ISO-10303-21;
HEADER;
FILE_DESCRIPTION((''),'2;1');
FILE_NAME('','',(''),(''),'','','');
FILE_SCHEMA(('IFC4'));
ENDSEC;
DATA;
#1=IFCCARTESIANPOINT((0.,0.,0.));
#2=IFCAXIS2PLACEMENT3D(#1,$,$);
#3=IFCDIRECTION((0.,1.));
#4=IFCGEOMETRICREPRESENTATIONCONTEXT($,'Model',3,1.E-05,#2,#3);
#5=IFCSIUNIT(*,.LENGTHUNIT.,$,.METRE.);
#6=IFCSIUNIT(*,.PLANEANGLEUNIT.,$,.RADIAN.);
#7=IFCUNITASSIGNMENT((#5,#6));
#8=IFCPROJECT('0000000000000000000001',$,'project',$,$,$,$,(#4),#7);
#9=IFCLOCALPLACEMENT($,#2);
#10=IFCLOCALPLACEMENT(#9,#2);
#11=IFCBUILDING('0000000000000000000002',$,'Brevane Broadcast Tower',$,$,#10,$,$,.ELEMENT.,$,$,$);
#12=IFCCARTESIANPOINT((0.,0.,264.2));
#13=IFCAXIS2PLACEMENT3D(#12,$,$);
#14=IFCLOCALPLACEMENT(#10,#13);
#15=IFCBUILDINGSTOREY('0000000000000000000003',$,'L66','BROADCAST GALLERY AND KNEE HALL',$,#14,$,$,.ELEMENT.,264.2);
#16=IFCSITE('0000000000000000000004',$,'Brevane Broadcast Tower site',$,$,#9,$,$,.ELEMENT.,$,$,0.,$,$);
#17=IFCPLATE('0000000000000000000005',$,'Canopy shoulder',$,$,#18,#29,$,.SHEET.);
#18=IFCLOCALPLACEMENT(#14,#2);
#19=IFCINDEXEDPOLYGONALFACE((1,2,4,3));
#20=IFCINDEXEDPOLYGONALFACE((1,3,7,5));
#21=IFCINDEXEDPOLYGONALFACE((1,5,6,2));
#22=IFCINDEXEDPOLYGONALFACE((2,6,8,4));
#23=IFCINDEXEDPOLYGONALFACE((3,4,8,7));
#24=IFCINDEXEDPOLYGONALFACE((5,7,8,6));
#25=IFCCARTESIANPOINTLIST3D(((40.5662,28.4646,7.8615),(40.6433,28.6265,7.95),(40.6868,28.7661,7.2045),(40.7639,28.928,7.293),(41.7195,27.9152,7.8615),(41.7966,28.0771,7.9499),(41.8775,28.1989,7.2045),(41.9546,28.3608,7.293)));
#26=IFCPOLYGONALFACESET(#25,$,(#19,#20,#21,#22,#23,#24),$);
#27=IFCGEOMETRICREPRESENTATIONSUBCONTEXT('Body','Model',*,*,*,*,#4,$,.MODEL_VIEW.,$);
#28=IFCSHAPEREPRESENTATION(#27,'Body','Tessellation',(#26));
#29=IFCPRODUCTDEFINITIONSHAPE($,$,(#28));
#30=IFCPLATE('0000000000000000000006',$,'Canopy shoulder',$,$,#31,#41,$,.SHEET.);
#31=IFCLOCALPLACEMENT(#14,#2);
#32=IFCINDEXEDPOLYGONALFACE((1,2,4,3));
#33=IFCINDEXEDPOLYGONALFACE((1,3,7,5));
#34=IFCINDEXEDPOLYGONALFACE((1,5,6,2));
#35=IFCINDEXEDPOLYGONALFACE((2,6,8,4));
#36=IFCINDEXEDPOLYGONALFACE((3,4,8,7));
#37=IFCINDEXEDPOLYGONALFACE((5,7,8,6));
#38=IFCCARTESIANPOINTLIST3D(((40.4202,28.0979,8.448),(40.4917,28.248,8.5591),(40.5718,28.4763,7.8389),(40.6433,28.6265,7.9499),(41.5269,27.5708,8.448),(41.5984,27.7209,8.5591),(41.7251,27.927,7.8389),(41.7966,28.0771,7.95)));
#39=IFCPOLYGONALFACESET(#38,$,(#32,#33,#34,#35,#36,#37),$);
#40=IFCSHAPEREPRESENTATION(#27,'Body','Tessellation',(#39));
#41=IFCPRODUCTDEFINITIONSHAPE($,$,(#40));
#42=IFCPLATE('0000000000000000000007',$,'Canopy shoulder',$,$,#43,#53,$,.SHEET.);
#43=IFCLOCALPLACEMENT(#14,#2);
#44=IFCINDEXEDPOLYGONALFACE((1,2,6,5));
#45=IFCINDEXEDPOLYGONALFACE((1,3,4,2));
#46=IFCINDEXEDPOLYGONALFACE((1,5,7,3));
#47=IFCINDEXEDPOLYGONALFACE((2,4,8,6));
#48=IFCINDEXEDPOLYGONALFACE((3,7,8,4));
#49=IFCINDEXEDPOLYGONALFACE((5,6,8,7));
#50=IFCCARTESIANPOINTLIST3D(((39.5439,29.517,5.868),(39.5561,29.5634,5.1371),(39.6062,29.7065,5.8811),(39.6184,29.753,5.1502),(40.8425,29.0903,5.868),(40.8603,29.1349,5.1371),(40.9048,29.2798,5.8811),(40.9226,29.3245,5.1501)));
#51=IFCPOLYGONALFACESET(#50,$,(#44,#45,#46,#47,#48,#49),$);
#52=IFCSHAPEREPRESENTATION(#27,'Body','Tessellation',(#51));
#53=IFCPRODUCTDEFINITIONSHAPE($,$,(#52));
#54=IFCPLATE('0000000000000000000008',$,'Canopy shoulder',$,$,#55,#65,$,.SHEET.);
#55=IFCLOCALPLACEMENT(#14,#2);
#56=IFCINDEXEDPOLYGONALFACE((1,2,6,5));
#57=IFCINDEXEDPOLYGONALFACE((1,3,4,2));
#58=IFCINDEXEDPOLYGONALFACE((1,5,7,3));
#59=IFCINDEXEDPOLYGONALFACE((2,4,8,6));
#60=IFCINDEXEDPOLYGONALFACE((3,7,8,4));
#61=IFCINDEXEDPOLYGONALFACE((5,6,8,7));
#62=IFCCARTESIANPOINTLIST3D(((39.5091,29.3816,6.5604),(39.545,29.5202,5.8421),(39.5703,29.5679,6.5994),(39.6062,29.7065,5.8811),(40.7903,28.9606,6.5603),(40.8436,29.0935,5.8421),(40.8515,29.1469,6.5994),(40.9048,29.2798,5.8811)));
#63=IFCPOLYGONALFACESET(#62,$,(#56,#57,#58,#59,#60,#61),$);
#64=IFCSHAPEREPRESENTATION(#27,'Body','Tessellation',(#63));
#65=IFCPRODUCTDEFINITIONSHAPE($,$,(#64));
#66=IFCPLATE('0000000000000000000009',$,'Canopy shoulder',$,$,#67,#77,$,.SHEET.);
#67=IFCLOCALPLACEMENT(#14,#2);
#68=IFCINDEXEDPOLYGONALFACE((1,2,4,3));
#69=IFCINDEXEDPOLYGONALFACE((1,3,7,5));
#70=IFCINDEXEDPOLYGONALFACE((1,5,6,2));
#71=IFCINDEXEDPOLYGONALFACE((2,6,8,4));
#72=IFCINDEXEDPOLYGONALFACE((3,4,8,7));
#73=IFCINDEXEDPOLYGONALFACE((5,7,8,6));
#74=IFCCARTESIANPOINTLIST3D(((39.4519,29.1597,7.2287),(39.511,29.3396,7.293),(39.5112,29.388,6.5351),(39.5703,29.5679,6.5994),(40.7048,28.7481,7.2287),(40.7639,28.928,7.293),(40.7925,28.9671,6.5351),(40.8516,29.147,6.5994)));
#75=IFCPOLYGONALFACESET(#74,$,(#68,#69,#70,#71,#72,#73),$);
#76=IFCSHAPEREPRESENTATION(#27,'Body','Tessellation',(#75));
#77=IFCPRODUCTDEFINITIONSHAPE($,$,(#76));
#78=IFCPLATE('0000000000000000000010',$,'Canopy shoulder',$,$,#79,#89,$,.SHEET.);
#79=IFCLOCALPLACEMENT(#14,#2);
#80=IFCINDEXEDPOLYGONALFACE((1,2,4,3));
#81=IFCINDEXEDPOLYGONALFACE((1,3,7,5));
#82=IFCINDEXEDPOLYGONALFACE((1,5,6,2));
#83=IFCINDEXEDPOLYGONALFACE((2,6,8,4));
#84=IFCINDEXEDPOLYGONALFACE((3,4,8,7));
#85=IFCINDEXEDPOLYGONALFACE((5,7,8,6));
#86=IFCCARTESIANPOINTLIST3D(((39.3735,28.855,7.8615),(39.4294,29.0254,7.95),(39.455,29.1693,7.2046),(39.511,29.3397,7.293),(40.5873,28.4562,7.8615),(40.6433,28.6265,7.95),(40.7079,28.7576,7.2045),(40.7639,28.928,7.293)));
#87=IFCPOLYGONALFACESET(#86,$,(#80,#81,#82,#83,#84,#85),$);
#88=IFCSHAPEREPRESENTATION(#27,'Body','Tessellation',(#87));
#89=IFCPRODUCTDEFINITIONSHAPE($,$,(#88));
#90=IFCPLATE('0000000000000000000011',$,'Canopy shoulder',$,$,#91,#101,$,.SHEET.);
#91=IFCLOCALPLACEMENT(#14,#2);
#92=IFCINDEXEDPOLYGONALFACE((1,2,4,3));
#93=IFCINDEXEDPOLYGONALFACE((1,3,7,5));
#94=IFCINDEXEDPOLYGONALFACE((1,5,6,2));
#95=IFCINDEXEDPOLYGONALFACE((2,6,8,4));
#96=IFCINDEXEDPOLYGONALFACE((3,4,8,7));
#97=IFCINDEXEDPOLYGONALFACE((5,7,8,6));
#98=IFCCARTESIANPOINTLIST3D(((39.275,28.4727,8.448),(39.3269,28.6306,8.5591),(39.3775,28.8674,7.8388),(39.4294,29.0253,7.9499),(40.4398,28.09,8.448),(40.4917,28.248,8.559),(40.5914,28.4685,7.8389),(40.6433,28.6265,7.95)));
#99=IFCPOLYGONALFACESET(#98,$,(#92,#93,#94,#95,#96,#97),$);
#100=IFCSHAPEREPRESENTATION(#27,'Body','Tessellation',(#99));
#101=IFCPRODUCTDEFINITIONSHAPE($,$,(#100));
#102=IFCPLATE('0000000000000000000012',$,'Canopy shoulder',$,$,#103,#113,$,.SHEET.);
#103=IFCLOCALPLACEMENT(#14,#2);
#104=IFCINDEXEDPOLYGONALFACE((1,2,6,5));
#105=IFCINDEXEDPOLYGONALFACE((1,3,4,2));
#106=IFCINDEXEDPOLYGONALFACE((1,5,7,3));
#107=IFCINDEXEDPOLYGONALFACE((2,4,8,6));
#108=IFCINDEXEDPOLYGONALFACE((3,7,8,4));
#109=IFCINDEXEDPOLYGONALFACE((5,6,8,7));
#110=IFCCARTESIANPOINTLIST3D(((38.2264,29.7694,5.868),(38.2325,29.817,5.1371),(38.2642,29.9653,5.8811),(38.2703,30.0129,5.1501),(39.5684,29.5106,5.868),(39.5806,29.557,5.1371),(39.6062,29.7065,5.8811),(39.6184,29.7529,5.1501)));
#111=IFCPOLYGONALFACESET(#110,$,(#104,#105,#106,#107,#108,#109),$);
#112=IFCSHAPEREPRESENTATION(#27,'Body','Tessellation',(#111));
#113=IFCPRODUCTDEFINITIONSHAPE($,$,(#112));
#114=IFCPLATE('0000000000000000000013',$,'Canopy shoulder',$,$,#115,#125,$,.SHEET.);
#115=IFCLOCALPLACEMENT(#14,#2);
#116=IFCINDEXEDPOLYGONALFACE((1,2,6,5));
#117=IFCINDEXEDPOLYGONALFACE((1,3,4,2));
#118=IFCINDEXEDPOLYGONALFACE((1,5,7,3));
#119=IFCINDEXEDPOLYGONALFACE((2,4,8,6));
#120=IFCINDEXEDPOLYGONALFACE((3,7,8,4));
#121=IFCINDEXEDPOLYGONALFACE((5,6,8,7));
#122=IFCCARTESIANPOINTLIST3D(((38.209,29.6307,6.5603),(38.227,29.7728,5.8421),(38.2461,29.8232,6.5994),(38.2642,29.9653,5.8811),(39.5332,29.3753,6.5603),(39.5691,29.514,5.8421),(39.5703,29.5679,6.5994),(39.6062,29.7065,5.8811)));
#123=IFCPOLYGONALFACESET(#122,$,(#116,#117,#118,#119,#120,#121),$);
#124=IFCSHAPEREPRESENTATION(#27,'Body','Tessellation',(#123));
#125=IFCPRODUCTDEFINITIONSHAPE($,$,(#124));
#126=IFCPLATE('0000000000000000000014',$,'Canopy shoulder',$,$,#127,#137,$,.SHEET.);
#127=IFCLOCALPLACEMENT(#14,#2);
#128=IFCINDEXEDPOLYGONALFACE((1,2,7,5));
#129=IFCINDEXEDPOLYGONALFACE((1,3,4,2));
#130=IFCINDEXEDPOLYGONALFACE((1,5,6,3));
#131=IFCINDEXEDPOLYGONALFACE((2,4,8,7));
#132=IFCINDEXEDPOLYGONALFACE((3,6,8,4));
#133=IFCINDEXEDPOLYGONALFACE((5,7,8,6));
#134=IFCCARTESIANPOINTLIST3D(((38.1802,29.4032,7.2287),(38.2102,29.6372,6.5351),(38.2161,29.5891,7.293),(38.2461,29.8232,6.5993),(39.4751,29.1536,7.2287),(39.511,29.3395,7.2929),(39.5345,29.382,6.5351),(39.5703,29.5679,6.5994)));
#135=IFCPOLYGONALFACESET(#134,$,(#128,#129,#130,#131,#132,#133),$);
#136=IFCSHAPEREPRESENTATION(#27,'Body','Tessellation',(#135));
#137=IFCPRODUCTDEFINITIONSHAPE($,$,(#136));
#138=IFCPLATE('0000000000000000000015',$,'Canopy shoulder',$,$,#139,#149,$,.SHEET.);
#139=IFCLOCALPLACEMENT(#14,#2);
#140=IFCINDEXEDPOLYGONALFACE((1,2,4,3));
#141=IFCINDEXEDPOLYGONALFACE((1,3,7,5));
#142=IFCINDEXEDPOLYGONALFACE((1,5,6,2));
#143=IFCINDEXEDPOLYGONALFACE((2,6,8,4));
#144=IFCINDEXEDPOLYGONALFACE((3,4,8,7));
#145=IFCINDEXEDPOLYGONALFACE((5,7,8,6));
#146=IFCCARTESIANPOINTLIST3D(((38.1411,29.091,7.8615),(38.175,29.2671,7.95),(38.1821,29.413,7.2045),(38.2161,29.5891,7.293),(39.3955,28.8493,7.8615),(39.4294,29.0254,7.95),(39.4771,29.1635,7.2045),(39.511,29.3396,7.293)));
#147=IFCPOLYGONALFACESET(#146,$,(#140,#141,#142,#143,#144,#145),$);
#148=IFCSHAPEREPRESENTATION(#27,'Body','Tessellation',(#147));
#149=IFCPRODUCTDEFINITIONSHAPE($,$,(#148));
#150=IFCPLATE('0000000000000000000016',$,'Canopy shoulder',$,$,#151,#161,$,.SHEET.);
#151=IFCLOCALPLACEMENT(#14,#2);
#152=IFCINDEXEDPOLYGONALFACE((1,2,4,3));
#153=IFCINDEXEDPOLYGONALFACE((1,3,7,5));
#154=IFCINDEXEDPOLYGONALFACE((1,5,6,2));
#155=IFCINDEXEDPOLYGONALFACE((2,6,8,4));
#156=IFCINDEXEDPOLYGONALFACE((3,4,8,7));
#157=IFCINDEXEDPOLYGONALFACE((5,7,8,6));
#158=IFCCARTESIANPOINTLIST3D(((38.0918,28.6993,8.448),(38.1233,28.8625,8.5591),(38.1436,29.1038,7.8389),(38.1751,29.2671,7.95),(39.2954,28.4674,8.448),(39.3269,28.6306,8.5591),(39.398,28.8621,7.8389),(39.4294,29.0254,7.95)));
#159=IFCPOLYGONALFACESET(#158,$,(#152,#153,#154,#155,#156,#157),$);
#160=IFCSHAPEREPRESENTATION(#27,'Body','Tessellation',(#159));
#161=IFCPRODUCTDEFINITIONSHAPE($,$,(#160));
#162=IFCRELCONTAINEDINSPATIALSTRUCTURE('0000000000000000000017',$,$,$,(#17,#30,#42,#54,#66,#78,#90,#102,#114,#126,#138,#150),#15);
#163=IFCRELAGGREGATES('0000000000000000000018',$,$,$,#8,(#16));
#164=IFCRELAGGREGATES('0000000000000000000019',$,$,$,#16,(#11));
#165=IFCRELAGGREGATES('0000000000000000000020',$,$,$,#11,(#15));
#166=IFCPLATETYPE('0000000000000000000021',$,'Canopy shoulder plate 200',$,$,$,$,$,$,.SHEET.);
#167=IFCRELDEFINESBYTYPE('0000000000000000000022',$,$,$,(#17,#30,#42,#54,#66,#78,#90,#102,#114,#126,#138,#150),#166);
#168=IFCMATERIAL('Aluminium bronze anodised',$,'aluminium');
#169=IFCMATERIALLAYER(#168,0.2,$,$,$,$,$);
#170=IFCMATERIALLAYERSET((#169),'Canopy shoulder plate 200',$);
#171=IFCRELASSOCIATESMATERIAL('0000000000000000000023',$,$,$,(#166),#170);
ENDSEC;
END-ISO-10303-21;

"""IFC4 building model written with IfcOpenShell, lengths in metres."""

from ifc_helpers import new_model, si_unit, direction, frame, origin, place, context, subcontext, project, spatial, polyline, outline, extrude, material, layer, layer_set, type_object, element, save


model = new_model("IFC4")

# Units and contexts
model_context = context("Model", 3, precision=1e-05, world=origin(), true_north=direction((0.0, 1.0)))
body_context = subcontext(model_context, "Body", "Model", "MODEL_VIEW")
ifc_project = project(units=[si_unit("LENGTHUNIT", "METRE"), si_unit("PLANEANGLEUNIT", "RADIAN")], contexts=[model_context])

# Site, building, storey
site_placement = place(None, origin())
site = spatial("IfcSite", under=ifc_project, at=site_placement, Name="Brevane Broadcast Tower site", CompositionType="ELEMENT", RefElevation=0.0)
building_placement = place(site_placement, origin())
building = spatial("IfcBuilding", under=site, at=building_placement, Name="Brevane Broadcast Tower", CompositionType="ELEMENT")
storey_placement = place(building_placement, frame((0.0, 0.0, 264.2)))
storey = spatial("IfcBuildingStorey", under=building, at=storey_placement, Name="L66", Description="BROADCAST GALLERY AND KNEE HALL", CompositionType="ELEMENT", Elevation=264.2)

# Plates
ifc_material_1 = material(Name="Aluminium bronze anodised", Category="aluminium")
ifc_layer_1 = layer(ifc_material_1, 0.2)
ifc_layer_set_1 = layer_set([ifc_layer_1], Name="Canopy shoulder plate 200")
plate_type_1 = type_object("IfcPlateType", Name="Canopy shoulder plate 200", PredefinedType="SHEET", material=ifc_layer_set_1)
plate_1_placement = place(storey_placement, frame((41.9546, 28.3608, 7.293), z_axis=(0.385654, 0.809679, 0.442369), x_axis=(-0.90282, 0.430019, -0.000004)))
element("IfcPlate", 1, at=plate_1_placement, inside=storey, type_object=plate_type_1, Name="Canopy shoulder", PredefinedType="SHEET", context=body_context, shape_type="SweptSolid", body=[
    extrude(outline(polyline([(0.0, 0.0), (1.3188, 0.0), (1.2981, 0.7326), (0.0206, 0.7326), (0.0, 0.0)])), origin(), (0.0, 0.0, -1.0), 0.2),
])
plate_2_placement = place(storey_placement, frame((41.7966, 28.0771, 7.95), z_axis=(0.357583, 0.750771, 0.555408), x_axis=(-0.902826, 0.430006, -0.000001)))
element("IfcPlate", 2, at=plate_2_placement, inside=storey, type_object=plate_type_1, Name="Canopy shoulder", PredefinedType="SHEET", context=body_context, shape_type="SweptSolid", body=[
    extrude(outline(polyline([(0.0, 0.0), (1.2775, 0.0), (1.2516, 0.7325), (0.0258, 0.7325), (0.0, 0.0)])), origin(), (0.0, 0.0, -1.0), 0.2),
])
plate_3_placement = place(storey_placement, frame((40.9226, 29.3245, 5.1501), z_axis=(0.311492, 0.947992, 0.06545), x_axis=(-0.950029, 0.312161, 0.000003)))
element("IfcPlate", 3, at=plate_3_placement, inside=storey, type_object=plate_type_1, Name="Canopy shoulder", PredefinedType="SHEET", context=body_context, shape_type="SweptSolid", body=[
    extrude(outline(polyline([(0.0, 0.0), (1.3728, 0.0), (1.3699, 0.7325), (0.003, 0.7325), (0.0, 0.0)])), origin(), (0.0, 0.0, -1.0), 0.2),
])
plate_4_placement = place(storey_placement, frame((40.9048, 29.2798, 5.8811), z_axis=(0.306155, 0.931778, 0.195086), x_axis=(-0.950031, 0.312154, -0.000011)))
element("IfcPlate", 4, at=plate_4_placement, inside=storey, type_object=plate_type_1, Name="Canopy shoulder", PredefinedType="SHEET", context=body_context, shape_type="SweptSolid", body=[
    extrude(outline(polyline([(0.0, 0.0), (1.3669, 0.0), (1.3577, 0.7323), (0.0091, 0.7323), (0.0, 0.0)])), origin(), (0.0, 0.0, -1.0), 0.2),
])
plate_5_placement = place(storey_placement, frame((40.8516, 29.147, 6.5994), z_axis=(0.295549, 0.899648, 0.321379), x_axis=(-0.950048, 0.312105, 0.000003)))
element("IfcPlate", 5, at=plate_5_placement, inside=storey, type_object=plate_type_1, Name="Canopy shoulder", PredefinedType="SHEET", context=body_context, shape_type="SweptSolid", body=[
    extrude(outline(polyline([(0.0, 0.0), (1.3486, 0.0), (1.3337, 0.7325), (0.0149, 0.7325), (0.0, 0.0)])), origin(), (0.0, 0.0, -1.0), 0.2),
])
plate_6_placement = place(storey_placement, frame((40.7639, 28.928, 7.293), z_axis=(0.279964, 0.852034, 0.442334), x_axis=(-0.950032, 0.312154, 0.00002)))
element("IfcPlate", 6, at=plate_6_placement, inside=storey, type_object=plate_type_1, Name="Canopy shoulder", PredefinedType="SHEET", context=body_context, shape_type="SweptSolid", body=[
    extrude(outline(polyline([(0.0, 0.0), (1.3188, 0.0), (1.2982, 0.7325), (0.0205, 0.7326), (0.0, 0.0)])), origin(), (0.0, 0.0, -1.0), 0.2),
])
plate_7_placement = place(storey_placement, frame((40.6433, 28.6265, 7.95), z_axis=(0.259538, 0.789966, 0.555512), x_axis=(-0.950031, 0.312155, -0.00004)))
element("IfcPlate", 7, at=plate_7_placement, inside=storey, type_object=plate_type_1, Name="Canopy shoulder", PredefinedType="SHEET", context=body_context, shape_type="SweptSolid", body=[
    extrude(outline(polyline([(0.0, 0.0), (1.2777, 0.0), (1.2519, 0.7326), (0.0259, 0.7325), (0.0, 0.0)])), origin(), (0.0, 0.0, -1.0), 0.2),
])
plate_8_placement = place(storey_placement, frame((39.6184, 29.7529, 5.1501), z_axis=(0.188955, 0.979808, 0.065364), x_axis=(-0.981908, 0.18936, -0.000001)))
element("IfcPlate", 8, at=plate_8_placement, inside=storey, type_object=plate_type_1, Name="Canopy shoulder", PredefinedType="SHEET", context=body_context, shape_type="SweptSolid", body=[
    extrude(outline(polyline([(0.0, 0.0), (1.373, 0.0), (1.37, 0.7325), (0.0032, 0.7325), (0.0, 0.0)])), origin(), (0.0, 0.0, -1.0), 0.2),
])
plate_9_placement = place(storey_placement, frame((39.6062, 29.7065, 5.8811), z_axis=(0.185709, 0.963022, 0.195193), x_axis=(-0.98191, 0.189351, 0.000001)))
element("IfcPlate", 9, at=plate_9_placement, inside=storey, type_object=plate_type_1, Name="Canopy shoulder", PredefinedType="SHEET", context=body_context, shape_type="SweptSolid", body=[
    extrude(outline(polyline([(0.0, 0.0), (1.3668, 0.0), (1.3576, 0.7323), (0.009, 0.7324), (0.0, 0.0)])), origin(), (0.0, 0.0, -1.0), 0.2),
])
plate_10_placement = place(storey_placement, frame((39.5703, 29.5679, 6.5994), z_axis=(0.179234, 0.929799, 0.321478), x_axis=(-0.981921, 0.18929, -0.000023)))
element("IfcPlate", 10, at=plate_10_placement, inside=storey, type_object=plate_type_1, Name="Canopy shoulder", PredefinedType="SHEET", context=body_context, shape_type="SweptSolid", body=[
    extrude(outline(polyline([(0.0, 0.0), (1.3486, 0.0), (1.3338, 0.7325), (0.015, 0.7325), (0.0, 0.0)])), origin(), (0.0, 0.0, -1.0), 0.2),
])
plate_11_placement = place(storey_placement, frame((39.511, 29.3396, 7.293), z_axis=(0.169694, 0.880686, 0.442262), x_axis=(-0.981938, 0.189203, -0.000001)))
element("IfcPlate", 11, at=plate_11_placement, inside=storey, type_object=plate_type_1, Name="Canopy shoulder", PredefinedType="SHEET", context=body_context, shape_type="SweptSolid", body=[
    extrude(outline(polyline([(0.0, 0.0), (1.3187, 0.0), (1.2981, 0.7325), (0.0206, 0.7325), (0.0, 0.0)])), origin(), (0.0, 0.0, -1.0), 0.2),
])
plate_12_placement = place(storey_placement, frame((39.4294, 29.0254, 7.95), z_axis=(0.157318, 0.816433, 0.555597), x_axis=(-0.981937, 0.189207, 0.000003)))
element("IfcPlate", 12, at=plate_12_placement, inside=storey, type_object=plate_type_1, Name="Canopy shoulder", PredefinedType="SHEET", context=body_context, shape_type="SweptSolid", body=[
    extrude(outline(polyline([(0.0, 0.0), (1.2775, 0.0), (1.2518, 0.7326), (0.026, 0.7326), (0.0, 0.0)])), origin(), (0.0, 0.0, -1.0), 0.2),
])

save(model, "model.ifc")
